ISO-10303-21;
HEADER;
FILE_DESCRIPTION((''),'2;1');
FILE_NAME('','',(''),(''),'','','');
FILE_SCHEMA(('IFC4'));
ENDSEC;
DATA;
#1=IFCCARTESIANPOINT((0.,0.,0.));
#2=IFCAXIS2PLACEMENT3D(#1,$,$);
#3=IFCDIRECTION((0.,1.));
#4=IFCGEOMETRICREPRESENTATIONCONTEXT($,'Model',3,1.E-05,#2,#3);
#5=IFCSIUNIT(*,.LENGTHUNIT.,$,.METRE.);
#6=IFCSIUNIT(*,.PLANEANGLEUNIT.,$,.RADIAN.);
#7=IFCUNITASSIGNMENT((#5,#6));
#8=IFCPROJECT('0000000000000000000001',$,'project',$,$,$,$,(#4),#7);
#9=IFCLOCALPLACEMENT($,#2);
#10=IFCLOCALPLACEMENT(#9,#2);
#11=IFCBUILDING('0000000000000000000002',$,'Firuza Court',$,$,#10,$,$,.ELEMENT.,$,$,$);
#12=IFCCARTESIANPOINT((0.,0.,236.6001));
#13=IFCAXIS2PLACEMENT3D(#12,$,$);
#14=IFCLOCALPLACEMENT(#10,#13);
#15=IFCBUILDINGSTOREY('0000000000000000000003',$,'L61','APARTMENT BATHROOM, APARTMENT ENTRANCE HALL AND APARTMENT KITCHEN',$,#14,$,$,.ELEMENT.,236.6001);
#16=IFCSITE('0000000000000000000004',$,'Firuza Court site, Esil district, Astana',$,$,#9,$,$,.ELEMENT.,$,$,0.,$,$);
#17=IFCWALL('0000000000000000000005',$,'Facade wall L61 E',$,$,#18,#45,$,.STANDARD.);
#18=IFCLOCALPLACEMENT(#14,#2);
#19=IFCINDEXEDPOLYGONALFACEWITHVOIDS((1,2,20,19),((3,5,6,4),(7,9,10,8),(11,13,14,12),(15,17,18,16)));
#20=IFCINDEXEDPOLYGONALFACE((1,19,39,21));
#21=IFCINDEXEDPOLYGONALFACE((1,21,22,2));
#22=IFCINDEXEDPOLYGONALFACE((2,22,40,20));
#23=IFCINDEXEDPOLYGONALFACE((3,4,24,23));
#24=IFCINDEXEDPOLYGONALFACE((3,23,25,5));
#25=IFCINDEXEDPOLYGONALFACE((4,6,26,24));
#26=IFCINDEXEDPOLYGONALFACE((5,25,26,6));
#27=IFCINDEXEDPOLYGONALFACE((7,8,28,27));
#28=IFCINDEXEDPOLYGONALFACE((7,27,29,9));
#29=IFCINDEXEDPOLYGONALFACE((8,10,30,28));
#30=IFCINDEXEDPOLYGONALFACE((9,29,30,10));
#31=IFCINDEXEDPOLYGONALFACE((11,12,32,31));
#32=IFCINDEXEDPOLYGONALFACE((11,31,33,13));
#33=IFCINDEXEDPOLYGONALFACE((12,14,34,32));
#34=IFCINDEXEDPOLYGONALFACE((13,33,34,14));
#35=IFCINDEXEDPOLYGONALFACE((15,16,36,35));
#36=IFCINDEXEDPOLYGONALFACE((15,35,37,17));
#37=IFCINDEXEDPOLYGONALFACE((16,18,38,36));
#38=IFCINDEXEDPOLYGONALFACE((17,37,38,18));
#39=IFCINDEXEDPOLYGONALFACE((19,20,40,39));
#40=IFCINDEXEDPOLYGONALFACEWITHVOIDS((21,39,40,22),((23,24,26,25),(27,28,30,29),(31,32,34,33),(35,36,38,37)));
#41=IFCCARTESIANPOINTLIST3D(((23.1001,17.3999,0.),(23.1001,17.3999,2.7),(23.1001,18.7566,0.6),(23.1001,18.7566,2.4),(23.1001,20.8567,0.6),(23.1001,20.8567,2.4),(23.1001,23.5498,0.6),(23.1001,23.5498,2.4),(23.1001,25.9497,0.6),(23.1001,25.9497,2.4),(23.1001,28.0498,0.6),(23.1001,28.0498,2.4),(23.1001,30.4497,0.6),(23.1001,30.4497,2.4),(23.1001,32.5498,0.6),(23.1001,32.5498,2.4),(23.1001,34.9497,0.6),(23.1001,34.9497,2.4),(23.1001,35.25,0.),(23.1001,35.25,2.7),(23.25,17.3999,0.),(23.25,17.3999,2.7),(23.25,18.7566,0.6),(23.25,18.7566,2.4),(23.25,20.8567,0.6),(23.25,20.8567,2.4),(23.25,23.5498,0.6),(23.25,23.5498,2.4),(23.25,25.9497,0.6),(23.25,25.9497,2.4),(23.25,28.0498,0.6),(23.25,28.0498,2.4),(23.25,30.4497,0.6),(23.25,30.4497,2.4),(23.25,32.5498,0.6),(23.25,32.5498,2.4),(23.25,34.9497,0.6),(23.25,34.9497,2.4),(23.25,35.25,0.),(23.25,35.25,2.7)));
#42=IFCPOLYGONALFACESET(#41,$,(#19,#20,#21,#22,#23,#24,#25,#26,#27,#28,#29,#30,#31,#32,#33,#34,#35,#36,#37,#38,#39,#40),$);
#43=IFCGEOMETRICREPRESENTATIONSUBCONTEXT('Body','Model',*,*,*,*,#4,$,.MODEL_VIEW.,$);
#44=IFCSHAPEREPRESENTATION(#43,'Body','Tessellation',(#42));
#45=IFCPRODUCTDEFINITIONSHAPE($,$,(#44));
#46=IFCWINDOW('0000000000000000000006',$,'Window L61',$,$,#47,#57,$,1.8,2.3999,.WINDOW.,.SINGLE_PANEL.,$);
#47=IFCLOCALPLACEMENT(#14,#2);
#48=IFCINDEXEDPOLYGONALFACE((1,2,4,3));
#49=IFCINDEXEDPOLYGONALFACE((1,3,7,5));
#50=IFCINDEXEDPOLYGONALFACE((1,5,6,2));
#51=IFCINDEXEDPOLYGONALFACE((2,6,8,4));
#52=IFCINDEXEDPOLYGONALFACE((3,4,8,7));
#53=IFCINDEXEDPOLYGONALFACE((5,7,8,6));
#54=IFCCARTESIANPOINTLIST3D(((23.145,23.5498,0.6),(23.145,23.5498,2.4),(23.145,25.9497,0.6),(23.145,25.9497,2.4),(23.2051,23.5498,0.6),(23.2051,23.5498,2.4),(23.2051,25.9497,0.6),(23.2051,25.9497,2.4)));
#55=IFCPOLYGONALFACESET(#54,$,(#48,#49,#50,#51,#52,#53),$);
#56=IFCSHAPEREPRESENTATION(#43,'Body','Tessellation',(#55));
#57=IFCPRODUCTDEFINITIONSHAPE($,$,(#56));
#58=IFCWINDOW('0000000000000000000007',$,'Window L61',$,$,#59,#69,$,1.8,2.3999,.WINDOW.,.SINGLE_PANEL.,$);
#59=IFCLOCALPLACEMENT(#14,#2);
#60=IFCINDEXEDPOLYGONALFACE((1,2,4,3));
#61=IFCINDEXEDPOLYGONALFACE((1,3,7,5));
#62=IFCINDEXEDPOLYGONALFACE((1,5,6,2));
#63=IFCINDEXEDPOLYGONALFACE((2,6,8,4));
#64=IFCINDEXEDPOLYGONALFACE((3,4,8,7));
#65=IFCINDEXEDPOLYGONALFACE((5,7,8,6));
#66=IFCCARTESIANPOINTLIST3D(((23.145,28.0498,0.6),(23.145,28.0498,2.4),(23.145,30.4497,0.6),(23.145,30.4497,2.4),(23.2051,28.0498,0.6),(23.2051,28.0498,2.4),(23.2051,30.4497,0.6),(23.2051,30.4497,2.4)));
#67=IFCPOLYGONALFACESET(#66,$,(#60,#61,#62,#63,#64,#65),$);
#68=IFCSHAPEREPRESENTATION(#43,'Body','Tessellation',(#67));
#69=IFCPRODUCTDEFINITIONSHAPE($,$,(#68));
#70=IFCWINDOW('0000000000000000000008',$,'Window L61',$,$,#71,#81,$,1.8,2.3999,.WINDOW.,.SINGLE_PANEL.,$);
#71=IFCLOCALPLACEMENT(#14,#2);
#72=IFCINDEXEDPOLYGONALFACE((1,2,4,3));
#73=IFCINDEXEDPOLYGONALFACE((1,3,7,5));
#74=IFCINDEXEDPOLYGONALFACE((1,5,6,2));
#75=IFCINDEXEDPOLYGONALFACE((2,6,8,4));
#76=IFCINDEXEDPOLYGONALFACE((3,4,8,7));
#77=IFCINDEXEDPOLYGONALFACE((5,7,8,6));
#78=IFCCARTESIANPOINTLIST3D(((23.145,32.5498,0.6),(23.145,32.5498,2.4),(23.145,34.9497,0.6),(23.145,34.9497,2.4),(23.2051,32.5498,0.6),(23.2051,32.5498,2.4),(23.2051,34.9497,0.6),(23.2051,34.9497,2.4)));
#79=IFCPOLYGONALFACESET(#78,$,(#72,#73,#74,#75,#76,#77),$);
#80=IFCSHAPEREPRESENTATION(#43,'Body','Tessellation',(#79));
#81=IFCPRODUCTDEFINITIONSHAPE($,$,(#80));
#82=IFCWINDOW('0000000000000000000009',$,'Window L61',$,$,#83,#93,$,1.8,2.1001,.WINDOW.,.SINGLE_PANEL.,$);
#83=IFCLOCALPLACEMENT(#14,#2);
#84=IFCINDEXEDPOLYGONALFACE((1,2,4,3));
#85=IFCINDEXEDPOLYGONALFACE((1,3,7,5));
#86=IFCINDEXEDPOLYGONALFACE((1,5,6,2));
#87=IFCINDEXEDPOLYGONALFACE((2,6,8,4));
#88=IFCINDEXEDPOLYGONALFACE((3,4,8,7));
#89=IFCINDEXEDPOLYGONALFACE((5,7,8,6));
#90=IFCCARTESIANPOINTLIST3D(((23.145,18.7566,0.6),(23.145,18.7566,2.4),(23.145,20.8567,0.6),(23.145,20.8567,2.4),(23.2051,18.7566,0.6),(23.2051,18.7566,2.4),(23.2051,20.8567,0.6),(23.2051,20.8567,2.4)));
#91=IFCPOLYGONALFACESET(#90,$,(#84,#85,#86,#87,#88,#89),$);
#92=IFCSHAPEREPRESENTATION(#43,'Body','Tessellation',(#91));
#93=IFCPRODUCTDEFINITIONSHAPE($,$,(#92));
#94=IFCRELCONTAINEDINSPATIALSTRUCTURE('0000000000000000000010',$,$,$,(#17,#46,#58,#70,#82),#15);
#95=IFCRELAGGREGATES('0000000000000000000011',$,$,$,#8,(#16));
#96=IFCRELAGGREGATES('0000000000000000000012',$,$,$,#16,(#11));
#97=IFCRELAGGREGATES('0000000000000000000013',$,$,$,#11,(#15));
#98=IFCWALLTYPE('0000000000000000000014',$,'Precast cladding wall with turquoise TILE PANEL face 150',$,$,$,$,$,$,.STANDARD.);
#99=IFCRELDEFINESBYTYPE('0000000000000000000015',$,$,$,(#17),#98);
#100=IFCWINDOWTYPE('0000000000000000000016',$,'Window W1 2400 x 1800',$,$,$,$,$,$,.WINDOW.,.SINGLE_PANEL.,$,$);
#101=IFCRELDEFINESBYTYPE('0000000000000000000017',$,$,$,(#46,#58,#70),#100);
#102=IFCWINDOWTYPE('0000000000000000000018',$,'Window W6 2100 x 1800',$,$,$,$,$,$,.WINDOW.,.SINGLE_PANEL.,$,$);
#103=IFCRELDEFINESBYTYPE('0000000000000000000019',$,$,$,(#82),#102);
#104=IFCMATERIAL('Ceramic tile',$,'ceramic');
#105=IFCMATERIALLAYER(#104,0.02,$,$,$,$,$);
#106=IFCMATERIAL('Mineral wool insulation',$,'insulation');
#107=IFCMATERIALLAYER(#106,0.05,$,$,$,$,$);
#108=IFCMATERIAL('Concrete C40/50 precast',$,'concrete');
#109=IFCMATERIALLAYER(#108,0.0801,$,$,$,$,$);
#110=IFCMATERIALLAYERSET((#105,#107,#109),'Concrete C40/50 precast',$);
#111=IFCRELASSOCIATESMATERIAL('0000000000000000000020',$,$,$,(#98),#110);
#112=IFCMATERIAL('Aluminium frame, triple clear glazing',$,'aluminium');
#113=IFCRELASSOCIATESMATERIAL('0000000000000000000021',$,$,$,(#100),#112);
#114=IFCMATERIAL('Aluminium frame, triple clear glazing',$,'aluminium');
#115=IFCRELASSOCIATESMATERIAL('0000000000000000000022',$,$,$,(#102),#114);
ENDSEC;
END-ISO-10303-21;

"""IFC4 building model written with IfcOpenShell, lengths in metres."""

from ifc_helpers import new_model, si_unit, direction, frame, frame_2d, origin, place, context, subcontext, project, spatial, rectangle, extrude, material, layer, layer_set, type_object, element, fill, save


model = new_model("IFC4")

# Units and contexts
model_context = context("Model", 3, precision=1e-05, world=origin(), true_north=direction((0.0, 1.0)))
body_context = subcontext(model_context, "Body", "Model", "MODEL_VIEW")
ifc_project = project(units=[si_unit("LENGTHUNIT", "METRE"), si_unit("PLANEANGLEUNIT", "RADIAN")], contexts=[model_context])

# Site, building, storey
site_placement = place(None, origin())
site = spatial("IfcSite", under=ifc_project, at=site_placement, Name="Firuza Court site, Esil district, Astana", CompositionType="ELEMENT", RefElevation=0.0)
building_placement = place(site_placement, origin())
building = spatial("IfcBuilding", under=site, at=building_placement, Name="Firuza Court", CompositionType="ELEMENT")
storey_placement = place(building_placement, frame((0.0, 0.0, 236.6001)))
storey = spatial("IfcBuildingStorey", under=building, at=storey_placement, Name="L61", Description="APARTMENT BATHROOM, APARTMENT ENTRANCE HALL AND APARTMENT KITCHEN", CompositionType="ELEMENT", Elevation=236.6001)

# Wall, openings, windows
ifc_material_1 = material(Name="Ceramic tile", Category="ceramic")
ifc_layer_1 = layer(ifc_material_1, 0.02)
ifc_material_2 = material(Name="Mineral wool insulation", Category="insulation")
ifc_layer_2 = layer(ifc_material_2, 0.05)
ifc_material_3 = material(Name="Concrete C40/50 precast", Category="concrete")
ifc_layer_3 = layer(ifc_material_3, 0.0801)
ifc_layer_set_1 = layer_set([ifc_layer_1, ifc_layer_2, ifc_layer_3], Name="Concrete C40/50 precast")
wall_type_1 = type_object("IfcWallType", Name="Precast cladding wall with turquoise TILE PANEL face 150", PredefinedType="STANDARD", material=ifc_layer_set_1)
wall_1_placement = place(storey_placement, frame((23.175, 17.3999, 0.0), z_axis=(0.0, 0.0, 1.0), x_axis=(0.0, 1.0, 0.0)))
wall_1 = element("IfcWall", 1, at=wall_1_placement, inside=storey, type_object=wall_type_1, Name="Facade wall L61 E", PredefinedType="STANDARD", context=body_context, shape_type="SweptSolid", body=[
    extrude(rectangle(XDim=17.8501, YDim=0.1499, at=frame_2d((8.925, 0.0))), origin(), (0.0, 0.0, 1.0), 2.7),
])
opening_1_placement = place(wall_1_placement, frame((1.3567, 0.0, 0.6001)))
opening_1 = element("IfcOpeningElement", 2, at=opening_1_placement, cuts=wall_1, PredefinedType="OPENING", context=body_context, shape_type="SweptSolid", body=[
    extrude(rectangle(XDim=2.1001, YDim=1.8, at=frame_2d((1.05, 0.8999))), frame((0.0, 0.0869, 0.0), z_axis=(0.0, -1.0, 0.0), x_axis=(1.0, 0.0, 0.0)), (0.0, 0.0, 1.0), 0.1738),
])
opening_2_placement = place(wall_1_placement, frame((6.1499, 0.0, 0.6001)))
opening_2 = element("IfcOpeningElement", 3, at=opening_2_placement, cuts=wall_1, PredefinedType="OPENING", context=body_context, shape_type="SweptSolid", body=[
    extrude(rectangle(XDim=2.3999, YDim=1.8, at=frame_2d((1.2, 0.8999))), frame((0.0, 0.0869, 0.0), z_axis=(0.0, -1.0, 0.0), x_axis=(1.0, 0.0, 0.0)), (0.0, 0.0, 1.0), 0.1738),
])
opening_3_placement = place(wall_1_placement, frame((10.6499, 0.0, 0.6001)))
opening_3 = element("IfcOpeningElement", 4, at=opening_3_placement, cuts=wall_1, PredefinedType="OPENING", context=body_context, shape_type="SweptSolid", body=[
    extrude(rectangle(XDim=2.3999, YDim=1.8, at=frame_2d((1.2, 0.8999))), frame((0.0, 0.0869, 0.0), z_axis=(0.0, -1.0, 0.0), x_axis=(1.0, 0.0, 0.0)), (0.0, 0.0, 1.0), 0.1738),
])
opening_4_placement = place(wall_1_placement, frame((15.1499, 0.0, 0.6001)))
opening_4 = element("IfcOpeningElement", 5, at=opening_4_placement, cuts=wall_1, PredefinedType="OPENING", context=body_context, shape_type="SweptSolid", body=[
    extrude(rectangle(XDim=2.3999, YDim=1.8, at=frame_2d((1.2, 0.8999))), frame((0.0, 0.0869, 0.0), z_axis=(0.0, -1.0, 0.0), x_axis=(1.0, 0.0, 0.0)), (0.0, 0.0, 1.0), 0.1738),
])
ifc_material_4 = material(Name="Aluminium frame, triple clear glazing", Category="aluminium")
window_type_1 = type_object("IfcWindowType", Name="Window W1 2400 x 1800", PartitioningType="SINGLE_PANEL", PredefinedType="WINDOW", material=ifc_material_4)
window_1_placement = place(opening_2_placement, origin())
window_1 = element("IfcWindow", 6, at=window_1_placement, inside=storey, type_object=window_type_1, Name="Window L61", OverallHeight=1.8, OverallWidth=2.3999, PartitioningType="SINGLE_PANEL", PredefinedType="WINDOW", context=body_context, shape_type="SweptSolid", body=[
    extrude(rectangle(XDim=2.3999, YDim=1.8, at=frame_2d((1.2, 0.8999))), frame((0.0, 0.03, 0.0), z_axis=(0.0, -1.0, 0.0), x_axis=(1.0, 0.0, 0.0)), (0.0, 0.0, 1.0), 0.0601),
])
fill(opening_2, window_1)
window_2_placement = place(opening_3_placement, origin())
window_2 = element("IfcWindow", 7, at=window_2_placement, inside=storey, type_object=window_type_1, Name="Window L61", OverallHeight=1.8, OverallWidth=2.3999, PartitioningType="SINGLE_PANEL", PredefinedType="WINDOW", context=body_context, shape_type="SweptSolid", body=[
    extrude(rectangle(XDim=2.3999, YDim=1.8, at=frame_2d((1.2, 0.8999))), frame((0.0, 0.03, 0.0), z_axis=(0.0, -1.0, 0.0), x_axis=(1.0, 0.0, 0.0)), (0.0, 0.0, 1.0), 0.0601),
])
fill(opening_3, window_2)
window_3_placement = place(opening_4_placement, origin())
window_3 = element("IfcWindow", 8, at=window_3_placement, inside=storey, type_object=window_type_1, Name="Window L61", OverallHeight=1.8, OverallWidth=2.3999, PartitioningType="SINGLE_PANEL", PredefinedType="WINDOW", context=body_context, shape_type="SweptSolid", body=[
    extrude(rectangle(XDim=2.3999, YDim=1.8, at=frame_2d((1.2, 0.8999))), frame((0.0, 0.03, 0.0), z_axis=(0.0, -1.0, 0.0), x_axis=(1.0, 0.0, 0.0)), (0.0, 0.0, 1.0), 0.0601),
])
fill(opening_4, window_3)
ifc_material_5 = material(Name="Aluminium frame, triple clear glazing", Category="aluminium")
window_type_2 = type_object("IfcWindowType", Name="Window W6 2100 x 1800", PartitioningType="SINGLE_PANEL", PredefinedType="WINDOW", material=ifc_material_5)
window_4_placement = place(opening_1_placement, origin())
window_4 = element("IfcWindow", 9, at=window_4_placement, inside=storey, type_object=window_type_2, Name="Window L61", OverallHeight=1.8, OverallWidth=2.1001, PartitioningType="SINGLE_PANEL", PredefinedType="WINDOW", context=body_context, shape_type="SweptSolid", body=[
    extrude(rectangle(XDim=2.1001, YDim=1.8, at=frame_2d((1.05, 0.8999))), frame((0.0, 0.03, 0.0), z_axis=(0.0, -1.0, 0.0), x_axis=(1.0, 0.0, 0.0)), (0.0, 0.0, 1.0), 0.0601),
])
fill(opening_1, window_4)

save(model, "model.ifc")
